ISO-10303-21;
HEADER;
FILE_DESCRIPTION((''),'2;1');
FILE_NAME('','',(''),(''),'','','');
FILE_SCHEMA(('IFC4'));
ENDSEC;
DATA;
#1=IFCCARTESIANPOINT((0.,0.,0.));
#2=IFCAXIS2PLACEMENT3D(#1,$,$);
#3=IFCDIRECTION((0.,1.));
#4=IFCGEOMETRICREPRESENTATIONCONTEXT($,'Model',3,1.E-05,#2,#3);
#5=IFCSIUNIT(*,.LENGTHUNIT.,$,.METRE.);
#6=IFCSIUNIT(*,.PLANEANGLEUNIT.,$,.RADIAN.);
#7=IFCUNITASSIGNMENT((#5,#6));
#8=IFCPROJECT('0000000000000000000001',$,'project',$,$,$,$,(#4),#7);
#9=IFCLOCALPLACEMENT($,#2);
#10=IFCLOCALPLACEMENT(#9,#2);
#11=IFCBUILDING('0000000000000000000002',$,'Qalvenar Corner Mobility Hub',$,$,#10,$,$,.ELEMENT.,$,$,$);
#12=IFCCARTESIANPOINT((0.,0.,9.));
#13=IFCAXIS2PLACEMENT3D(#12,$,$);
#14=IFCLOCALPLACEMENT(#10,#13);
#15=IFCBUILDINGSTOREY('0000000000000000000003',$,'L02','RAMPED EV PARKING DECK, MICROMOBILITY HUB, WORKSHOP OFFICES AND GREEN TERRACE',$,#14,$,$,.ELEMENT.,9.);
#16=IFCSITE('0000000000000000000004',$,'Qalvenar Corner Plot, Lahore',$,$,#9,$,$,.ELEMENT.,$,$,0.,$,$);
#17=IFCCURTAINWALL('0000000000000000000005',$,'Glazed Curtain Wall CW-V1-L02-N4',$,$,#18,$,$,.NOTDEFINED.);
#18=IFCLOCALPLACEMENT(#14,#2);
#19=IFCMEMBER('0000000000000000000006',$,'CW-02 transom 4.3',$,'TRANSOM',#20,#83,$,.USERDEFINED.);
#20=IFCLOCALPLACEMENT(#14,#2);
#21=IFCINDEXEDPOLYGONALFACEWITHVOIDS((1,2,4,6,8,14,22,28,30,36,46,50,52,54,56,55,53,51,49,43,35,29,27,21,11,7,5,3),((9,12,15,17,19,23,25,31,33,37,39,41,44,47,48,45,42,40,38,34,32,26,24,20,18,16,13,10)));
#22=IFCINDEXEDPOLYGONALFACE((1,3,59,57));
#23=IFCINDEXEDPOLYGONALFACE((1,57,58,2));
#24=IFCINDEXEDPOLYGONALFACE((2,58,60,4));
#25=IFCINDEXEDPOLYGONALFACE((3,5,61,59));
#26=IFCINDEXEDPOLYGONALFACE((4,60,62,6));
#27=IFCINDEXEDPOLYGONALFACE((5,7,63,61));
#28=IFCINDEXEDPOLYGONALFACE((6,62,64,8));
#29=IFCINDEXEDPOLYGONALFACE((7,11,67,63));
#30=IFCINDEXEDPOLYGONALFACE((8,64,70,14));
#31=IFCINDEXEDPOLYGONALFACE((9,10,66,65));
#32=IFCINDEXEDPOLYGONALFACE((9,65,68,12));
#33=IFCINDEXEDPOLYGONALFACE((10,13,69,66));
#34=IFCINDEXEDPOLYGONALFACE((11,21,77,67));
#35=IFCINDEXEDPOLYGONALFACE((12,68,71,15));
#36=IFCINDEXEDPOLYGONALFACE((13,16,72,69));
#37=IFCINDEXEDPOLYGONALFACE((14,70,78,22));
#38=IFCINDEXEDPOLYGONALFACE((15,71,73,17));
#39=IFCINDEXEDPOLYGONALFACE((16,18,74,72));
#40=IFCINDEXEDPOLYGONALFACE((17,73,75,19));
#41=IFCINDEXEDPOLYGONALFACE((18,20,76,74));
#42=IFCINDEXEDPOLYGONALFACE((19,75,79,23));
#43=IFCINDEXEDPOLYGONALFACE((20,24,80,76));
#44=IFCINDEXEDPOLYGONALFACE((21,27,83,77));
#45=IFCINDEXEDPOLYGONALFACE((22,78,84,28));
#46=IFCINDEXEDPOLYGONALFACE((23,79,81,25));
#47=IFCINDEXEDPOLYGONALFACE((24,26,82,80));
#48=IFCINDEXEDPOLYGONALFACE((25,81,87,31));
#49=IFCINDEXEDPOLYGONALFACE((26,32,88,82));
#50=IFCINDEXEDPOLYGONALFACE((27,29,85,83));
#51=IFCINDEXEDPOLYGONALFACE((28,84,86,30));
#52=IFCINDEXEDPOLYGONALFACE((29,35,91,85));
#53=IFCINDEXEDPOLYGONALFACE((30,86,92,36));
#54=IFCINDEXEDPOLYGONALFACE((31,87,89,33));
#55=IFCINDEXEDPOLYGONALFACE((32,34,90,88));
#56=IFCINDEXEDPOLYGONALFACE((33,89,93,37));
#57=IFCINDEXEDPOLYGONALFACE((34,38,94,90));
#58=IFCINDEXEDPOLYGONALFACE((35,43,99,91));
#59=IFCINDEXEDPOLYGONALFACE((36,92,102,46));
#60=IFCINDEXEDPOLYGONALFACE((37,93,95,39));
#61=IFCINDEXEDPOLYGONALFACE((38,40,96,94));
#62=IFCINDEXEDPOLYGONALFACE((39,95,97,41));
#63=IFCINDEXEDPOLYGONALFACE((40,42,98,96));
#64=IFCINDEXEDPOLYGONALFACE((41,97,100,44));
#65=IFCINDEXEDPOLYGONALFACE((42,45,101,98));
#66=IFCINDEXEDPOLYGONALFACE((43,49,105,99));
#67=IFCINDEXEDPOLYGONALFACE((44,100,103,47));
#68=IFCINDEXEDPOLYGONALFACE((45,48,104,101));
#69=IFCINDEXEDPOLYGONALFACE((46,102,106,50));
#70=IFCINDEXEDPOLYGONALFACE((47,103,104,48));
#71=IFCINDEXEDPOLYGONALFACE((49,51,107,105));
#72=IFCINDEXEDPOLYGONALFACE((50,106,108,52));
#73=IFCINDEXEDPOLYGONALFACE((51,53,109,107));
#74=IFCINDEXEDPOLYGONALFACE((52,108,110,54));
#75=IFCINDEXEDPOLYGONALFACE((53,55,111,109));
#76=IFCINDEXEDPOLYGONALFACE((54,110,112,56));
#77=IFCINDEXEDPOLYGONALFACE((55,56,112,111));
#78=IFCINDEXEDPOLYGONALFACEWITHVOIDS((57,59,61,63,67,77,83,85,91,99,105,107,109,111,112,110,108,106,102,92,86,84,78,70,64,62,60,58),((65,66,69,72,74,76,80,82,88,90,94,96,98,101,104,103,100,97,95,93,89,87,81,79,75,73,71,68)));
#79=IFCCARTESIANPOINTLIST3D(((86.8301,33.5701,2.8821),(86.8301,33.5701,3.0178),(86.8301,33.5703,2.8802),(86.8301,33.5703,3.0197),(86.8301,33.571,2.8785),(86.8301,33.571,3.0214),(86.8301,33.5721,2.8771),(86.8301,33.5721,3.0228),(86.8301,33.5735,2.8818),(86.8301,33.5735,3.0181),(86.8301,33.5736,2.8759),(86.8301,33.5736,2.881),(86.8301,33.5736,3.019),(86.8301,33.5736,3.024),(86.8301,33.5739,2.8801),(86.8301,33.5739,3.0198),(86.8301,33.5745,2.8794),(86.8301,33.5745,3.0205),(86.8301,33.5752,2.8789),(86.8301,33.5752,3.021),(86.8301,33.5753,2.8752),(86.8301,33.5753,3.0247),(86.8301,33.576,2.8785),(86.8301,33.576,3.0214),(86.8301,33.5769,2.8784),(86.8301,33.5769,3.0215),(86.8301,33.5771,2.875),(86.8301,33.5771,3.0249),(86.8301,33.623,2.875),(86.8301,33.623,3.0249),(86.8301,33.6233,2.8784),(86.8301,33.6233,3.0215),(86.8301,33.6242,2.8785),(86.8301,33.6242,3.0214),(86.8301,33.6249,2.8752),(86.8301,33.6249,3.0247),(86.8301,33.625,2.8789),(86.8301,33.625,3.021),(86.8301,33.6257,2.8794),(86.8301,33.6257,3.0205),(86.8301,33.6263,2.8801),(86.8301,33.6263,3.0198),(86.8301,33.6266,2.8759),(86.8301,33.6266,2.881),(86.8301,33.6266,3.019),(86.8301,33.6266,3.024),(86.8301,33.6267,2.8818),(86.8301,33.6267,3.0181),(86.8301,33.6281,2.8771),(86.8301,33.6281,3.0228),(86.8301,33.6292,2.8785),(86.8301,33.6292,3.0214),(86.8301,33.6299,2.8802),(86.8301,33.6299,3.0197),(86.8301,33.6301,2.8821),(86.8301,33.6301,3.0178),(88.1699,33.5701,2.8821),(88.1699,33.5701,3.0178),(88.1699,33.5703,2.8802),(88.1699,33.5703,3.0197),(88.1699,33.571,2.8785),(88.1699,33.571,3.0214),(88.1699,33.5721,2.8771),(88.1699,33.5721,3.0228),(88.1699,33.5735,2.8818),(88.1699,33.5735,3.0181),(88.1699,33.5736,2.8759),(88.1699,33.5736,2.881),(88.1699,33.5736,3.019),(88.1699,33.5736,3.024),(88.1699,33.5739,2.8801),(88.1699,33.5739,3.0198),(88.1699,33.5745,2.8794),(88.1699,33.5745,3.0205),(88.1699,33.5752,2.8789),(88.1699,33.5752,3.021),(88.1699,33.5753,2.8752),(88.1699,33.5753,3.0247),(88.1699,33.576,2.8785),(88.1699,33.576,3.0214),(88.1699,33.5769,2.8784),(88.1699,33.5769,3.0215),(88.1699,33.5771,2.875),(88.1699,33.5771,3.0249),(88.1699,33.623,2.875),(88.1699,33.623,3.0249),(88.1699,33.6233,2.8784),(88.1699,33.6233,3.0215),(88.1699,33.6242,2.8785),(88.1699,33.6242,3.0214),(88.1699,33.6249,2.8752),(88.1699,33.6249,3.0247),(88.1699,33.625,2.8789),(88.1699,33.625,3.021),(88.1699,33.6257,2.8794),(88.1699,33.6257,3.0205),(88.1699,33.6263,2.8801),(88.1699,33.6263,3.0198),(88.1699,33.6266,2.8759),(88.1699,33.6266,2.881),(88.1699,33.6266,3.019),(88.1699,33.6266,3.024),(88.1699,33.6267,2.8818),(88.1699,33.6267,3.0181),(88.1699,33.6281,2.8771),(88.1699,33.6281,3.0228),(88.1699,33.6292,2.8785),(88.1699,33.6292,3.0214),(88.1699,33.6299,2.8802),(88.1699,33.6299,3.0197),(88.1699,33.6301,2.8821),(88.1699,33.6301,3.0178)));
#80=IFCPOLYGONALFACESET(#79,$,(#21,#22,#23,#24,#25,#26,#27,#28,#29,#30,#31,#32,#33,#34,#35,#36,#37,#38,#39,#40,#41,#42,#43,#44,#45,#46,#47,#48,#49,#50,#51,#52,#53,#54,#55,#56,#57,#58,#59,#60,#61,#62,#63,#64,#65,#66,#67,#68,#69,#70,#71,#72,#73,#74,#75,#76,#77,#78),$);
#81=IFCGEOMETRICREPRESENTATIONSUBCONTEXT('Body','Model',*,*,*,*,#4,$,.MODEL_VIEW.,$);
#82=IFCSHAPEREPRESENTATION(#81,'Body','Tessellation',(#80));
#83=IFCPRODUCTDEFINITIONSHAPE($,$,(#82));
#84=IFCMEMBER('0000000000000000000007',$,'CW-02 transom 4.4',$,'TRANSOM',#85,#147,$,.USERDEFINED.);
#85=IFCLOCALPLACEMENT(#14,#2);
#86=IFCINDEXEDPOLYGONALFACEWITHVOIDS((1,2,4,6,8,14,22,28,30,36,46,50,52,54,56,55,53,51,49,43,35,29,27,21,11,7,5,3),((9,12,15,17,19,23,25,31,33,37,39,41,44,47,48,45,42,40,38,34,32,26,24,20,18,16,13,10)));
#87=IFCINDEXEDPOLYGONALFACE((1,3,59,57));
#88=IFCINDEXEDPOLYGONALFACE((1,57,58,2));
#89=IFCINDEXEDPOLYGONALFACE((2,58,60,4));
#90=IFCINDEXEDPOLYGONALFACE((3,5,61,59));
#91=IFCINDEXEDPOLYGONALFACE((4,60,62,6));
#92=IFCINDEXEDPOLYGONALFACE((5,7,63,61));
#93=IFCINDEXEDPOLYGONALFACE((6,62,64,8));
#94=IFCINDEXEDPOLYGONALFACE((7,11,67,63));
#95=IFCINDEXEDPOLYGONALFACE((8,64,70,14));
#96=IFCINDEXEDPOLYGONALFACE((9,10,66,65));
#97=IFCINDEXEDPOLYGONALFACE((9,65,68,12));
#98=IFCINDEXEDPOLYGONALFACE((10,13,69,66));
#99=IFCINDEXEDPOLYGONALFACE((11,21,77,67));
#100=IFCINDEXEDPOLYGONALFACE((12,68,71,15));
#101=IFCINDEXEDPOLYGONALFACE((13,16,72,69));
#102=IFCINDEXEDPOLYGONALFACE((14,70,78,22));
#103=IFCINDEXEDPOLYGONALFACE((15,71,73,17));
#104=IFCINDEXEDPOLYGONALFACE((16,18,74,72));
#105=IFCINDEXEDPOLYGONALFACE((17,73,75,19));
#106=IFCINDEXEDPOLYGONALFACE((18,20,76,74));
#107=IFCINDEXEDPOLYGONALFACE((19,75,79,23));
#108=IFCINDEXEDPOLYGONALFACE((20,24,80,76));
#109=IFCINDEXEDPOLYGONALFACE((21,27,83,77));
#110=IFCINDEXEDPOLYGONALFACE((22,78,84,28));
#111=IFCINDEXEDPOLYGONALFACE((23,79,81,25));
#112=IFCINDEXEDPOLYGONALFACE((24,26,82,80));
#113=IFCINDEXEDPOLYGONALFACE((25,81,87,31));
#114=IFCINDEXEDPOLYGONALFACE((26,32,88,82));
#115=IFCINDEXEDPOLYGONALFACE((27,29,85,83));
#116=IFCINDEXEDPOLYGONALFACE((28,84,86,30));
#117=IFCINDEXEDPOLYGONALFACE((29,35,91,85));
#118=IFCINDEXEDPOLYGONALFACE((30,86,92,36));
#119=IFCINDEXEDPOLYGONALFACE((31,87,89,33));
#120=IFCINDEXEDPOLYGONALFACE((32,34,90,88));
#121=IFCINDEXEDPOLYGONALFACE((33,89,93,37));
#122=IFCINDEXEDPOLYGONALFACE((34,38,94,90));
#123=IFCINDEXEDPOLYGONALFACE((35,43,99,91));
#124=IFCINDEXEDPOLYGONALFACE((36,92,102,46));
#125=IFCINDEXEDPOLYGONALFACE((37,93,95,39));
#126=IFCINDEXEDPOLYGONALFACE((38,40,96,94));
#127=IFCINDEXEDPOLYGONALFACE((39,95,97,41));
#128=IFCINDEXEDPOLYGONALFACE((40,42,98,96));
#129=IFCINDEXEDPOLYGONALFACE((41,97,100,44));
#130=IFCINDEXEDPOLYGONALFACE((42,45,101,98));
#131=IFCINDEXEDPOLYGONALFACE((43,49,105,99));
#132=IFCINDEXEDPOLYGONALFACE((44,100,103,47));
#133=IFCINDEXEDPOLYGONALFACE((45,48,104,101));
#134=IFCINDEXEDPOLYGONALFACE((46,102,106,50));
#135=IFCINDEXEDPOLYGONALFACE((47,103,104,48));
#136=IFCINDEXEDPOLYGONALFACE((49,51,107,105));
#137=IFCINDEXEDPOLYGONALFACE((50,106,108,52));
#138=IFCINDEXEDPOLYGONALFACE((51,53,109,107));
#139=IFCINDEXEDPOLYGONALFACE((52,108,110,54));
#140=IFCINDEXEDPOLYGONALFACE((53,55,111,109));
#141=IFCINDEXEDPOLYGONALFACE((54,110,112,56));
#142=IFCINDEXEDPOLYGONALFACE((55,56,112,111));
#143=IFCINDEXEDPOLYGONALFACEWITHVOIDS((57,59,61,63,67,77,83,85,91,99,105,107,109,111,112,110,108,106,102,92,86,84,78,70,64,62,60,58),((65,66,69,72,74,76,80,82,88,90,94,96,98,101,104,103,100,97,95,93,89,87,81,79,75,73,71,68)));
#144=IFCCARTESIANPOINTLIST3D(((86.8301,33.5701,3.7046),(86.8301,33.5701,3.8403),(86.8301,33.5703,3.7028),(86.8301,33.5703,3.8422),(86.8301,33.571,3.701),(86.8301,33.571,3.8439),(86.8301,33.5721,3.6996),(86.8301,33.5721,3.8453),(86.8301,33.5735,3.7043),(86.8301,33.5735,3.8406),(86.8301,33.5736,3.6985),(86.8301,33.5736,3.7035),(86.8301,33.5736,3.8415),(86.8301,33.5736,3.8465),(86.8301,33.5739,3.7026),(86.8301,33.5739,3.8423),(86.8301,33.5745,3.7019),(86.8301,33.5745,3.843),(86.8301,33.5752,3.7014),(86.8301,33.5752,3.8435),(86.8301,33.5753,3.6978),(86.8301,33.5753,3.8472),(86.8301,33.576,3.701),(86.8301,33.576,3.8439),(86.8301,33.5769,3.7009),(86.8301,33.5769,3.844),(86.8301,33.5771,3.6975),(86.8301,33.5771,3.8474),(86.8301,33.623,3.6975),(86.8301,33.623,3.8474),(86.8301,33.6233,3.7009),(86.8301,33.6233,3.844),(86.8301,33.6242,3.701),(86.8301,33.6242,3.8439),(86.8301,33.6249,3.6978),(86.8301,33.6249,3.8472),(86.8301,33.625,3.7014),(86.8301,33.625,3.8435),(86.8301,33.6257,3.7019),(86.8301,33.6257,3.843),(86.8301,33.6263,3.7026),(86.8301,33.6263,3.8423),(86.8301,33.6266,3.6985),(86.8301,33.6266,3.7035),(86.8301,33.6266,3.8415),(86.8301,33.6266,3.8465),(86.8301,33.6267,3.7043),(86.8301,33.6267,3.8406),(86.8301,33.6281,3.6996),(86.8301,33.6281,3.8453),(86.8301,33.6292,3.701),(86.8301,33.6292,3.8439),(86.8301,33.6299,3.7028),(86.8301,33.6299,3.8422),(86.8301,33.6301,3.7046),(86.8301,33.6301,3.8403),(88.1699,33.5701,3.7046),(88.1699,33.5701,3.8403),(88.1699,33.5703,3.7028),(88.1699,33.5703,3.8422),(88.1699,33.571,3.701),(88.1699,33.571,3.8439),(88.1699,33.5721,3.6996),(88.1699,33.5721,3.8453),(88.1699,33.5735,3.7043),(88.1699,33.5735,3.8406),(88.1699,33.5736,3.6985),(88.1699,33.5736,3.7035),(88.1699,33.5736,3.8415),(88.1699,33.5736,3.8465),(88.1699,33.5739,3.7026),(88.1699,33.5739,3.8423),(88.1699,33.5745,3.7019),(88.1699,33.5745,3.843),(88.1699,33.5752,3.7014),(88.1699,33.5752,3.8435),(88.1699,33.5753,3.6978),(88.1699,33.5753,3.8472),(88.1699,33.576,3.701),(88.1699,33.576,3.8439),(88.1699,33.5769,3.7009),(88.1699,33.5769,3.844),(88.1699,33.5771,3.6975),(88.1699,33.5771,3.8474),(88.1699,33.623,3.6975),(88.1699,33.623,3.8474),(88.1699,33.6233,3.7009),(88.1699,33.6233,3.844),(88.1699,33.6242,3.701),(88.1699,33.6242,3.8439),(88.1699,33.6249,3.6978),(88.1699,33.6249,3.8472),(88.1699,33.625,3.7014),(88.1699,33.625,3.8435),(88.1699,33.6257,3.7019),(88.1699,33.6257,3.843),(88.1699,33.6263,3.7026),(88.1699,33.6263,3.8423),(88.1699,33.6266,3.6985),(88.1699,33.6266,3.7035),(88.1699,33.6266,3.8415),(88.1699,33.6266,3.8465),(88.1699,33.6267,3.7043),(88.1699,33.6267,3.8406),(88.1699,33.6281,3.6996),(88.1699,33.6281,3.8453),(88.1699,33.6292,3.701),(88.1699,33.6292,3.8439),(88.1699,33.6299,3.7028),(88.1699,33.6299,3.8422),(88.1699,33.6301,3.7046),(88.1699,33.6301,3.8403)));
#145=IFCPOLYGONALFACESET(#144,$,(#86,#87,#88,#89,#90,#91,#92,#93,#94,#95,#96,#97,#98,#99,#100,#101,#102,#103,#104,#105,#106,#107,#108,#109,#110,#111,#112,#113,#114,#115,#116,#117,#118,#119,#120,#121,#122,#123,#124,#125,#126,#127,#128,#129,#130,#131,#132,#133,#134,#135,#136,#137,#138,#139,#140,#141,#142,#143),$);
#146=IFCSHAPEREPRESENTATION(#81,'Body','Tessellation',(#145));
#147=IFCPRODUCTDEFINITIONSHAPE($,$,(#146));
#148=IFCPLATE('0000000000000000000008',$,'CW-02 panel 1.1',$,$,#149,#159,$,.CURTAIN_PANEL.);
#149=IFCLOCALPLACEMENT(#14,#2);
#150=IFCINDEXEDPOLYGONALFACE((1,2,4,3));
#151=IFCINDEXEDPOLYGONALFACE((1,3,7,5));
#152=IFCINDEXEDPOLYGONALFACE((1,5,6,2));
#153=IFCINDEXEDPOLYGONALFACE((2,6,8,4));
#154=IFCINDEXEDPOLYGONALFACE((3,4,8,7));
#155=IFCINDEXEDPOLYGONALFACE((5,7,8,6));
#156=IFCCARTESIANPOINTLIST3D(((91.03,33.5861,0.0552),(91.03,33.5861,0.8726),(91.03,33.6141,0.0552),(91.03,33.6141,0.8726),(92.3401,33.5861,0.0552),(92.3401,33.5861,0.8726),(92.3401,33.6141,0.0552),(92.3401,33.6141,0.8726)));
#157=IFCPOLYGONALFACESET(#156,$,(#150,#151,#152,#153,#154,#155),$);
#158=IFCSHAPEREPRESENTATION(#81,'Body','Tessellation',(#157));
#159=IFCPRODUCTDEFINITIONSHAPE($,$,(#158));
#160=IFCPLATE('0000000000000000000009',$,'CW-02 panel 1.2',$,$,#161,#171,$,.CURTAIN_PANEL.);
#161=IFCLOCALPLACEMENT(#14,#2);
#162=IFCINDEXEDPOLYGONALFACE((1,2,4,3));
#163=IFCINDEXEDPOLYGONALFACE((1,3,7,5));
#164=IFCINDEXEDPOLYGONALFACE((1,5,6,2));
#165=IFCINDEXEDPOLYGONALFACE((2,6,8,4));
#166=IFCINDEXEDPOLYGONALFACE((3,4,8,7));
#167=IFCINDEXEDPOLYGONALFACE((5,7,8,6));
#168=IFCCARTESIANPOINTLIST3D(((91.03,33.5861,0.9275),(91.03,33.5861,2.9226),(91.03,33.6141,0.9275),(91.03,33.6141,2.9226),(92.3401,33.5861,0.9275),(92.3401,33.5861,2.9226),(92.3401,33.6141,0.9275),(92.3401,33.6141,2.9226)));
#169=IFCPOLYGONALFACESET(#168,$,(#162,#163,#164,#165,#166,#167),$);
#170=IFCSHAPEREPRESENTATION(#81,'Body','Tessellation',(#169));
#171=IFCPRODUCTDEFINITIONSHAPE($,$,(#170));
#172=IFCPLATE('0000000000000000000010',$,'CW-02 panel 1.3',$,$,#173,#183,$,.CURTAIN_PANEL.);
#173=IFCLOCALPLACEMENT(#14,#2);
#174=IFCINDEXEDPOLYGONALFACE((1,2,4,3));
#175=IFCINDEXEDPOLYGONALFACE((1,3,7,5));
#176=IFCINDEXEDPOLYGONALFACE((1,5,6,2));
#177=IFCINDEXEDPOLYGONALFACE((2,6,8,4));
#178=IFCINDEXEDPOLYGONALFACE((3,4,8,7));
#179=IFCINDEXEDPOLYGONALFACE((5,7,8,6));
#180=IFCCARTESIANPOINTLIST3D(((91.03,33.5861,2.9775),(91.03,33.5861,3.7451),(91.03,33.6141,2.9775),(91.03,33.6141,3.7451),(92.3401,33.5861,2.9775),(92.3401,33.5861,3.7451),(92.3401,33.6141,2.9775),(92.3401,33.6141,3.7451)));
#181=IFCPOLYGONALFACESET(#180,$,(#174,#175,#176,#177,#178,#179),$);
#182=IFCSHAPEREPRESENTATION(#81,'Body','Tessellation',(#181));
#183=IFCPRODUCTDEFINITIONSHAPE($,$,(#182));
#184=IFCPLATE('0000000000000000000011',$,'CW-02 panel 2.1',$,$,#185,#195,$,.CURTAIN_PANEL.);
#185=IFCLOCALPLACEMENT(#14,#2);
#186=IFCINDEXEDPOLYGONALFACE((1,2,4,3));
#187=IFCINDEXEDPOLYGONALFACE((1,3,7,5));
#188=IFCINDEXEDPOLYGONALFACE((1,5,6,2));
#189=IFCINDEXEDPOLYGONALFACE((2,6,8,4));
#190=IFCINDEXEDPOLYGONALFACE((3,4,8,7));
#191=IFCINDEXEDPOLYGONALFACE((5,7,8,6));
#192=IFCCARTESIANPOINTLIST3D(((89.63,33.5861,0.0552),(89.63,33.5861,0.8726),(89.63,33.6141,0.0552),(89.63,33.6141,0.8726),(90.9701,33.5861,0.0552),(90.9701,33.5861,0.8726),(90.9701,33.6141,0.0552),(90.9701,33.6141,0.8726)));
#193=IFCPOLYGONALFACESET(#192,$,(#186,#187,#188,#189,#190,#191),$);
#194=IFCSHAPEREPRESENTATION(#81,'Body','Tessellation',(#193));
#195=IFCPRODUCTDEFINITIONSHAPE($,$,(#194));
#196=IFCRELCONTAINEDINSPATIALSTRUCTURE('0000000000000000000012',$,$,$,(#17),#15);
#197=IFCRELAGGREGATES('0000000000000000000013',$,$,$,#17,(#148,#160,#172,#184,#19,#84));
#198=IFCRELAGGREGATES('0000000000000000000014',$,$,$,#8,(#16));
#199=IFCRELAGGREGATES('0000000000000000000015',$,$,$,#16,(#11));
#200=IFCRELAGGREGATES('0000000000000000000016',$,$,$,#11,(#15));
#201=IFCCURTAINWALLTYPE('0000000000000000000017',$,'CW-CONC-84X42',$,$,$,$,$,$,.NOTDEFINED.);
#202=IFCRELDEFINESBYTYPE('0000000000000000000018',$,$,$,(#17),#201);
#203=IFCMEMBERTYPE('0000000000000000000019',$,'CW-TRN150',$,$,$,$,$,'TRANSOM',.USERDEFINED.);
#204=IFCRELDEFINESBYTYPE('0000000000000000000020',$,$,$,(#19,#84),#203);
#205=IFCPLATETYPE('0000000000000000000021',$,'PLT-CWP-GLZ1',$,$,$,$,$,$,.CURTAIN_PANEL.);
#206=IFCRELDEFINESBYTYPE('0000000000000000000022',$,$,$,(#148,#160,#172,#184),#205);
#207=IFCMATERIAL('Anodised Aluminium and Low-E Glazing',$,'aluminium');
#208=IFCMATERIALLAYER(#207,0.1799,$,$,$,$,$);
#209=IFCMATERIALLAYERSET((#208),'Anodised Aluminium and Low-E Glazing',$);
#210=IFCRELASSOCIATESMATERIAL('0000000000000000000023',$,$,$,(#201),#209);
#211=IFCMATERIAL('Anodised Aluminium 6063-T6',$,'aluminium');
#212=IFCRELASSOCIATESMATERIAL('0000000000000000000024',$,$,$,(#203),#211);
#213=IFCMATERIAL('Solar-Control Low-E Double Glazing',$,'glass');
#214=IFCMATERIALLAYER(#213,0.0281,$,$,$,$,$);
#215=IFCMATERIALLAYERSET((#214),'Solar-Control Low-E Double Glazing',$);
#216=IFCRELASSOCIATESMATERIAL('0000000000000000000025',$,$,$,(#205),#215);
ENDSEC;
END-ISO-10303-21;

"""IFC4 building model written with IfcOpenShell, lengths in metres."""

from ifc_helpers import new_model, si_unit, direction, frame, origin, origin_2d, place, context, subcontext, project, spatial, rectangle, hollow_rectangle, extrude, material, layer, layer_set, material_profile, profile_set, type_object, element, aggregate, save


model = new_model("IFC4")

# Units and contexts
model_context = context("Model", 3, precision=1e-05, world=origin(), true_north=direction((0.0, 1.0)))
body_context = subcontext(model_context, "Body", "Model", "MODEL_VIEW")
ifc_project = project(units=[si_unit("LENGTHUNIT", "METRE"), si_unit("PLANEANGLEUNIT", "RADIAN")], contexts=[model_context])

# Site, building, storey
site_placement = place(None, origin())
site = spatial("IfcSite", under=ifc_project, at=site_placement, Name="Qalvenar Corner Plot, Lahore", CompositionType="ELEMENT", RefElevation=0.0)
building_placement = place(site_placement, origin())
building = spatial("IfcBuilding", under=site, at=building_placement, Name="Qalvenar Corner Mobility Hub", CompositionType="ELEMENT")
storey_placement = place(building_placement, frame((0.0, 0.0, 9.0)))
storey = spatial("IfcBuildingStorey", under=building, at=storey_placement, Name="L02", Description="RAMPED EV PARKING DECK, MICROMOBILITY HUB, WORKSHOP OFFICES AND GREEN TERRACE", CompositionType="ELEMENT", Elevation=9.0)

# Curtain wall, members, plates
ifc_material_1 = material(Name="Anodised Aluminium and Low-E Glazing", Category="aluminium")
ifc_layer_1 = layer(ifc_material_1, 0.1799)
ifc_layer_set_1 = layer_set([ifc_layer_1], Name="Anodised Aluminium and Low-E Glazing")
curtain_wall_type = type_object("IfcCurtainWallType", Name="CW-CONC-84X42", PredefinedType="NOTDEFINED", material=ifc_layer_set_1)
curtain_wall_placement = place(storey_placement, origin())
curtain_wall = element("IfcCurtainWall", 1, at=curtain_wall_placement, inside=storey, type_object=curtain_wall_type, Name="Glazed Curtain Wall CW-V1-L02-N4", PredefinedType="NOTDEFINED")
ifc_material_2 = material(Name="Anodised Aluminium 6063-T6", Category="aluminium")
ifc_material_profile_1 = material_profile(ifc_material_2, hollow_rectangle(XDim=0.0601, YDim=0.1499, WallThickness=0.0034, InnerFilletRadius=0.0034, OuterFilletRadius=0.0071, at=origin_2d()), Name="RHS150x60x3.5")
ifc_profile_set_1 = profile_set([ifc_material_profile_1], Name="Anodised Aluminium 6063-T6")
member_type_1 = type_object("IfcMemberType", Name="CW-TRN150", ElementType="TRANSOM", PredefinedType="USERDEFINED", material=ifc_profile_set_1)
member_1_placement = place(storey_placement, frame((88.1699, 33.6001, 2.95), z_axis=(-1.0, 0.0, 0.0), x_axis=(0.0, -1.0, 0.0)))
member_1 = element("IfcMember", 2, at=member_1_placement, type_object=member_type_1, Name="CW-02 transom 4.3", ObjectType="TRANSOM", PredefinedType="USERDEFINED", context=body_context, shape_type="SweptSolid", body=[
    extrude(hollow_rectangle(XDim=0.0601, YDim=0.1499, WallThickness=0.0034, InnerFilletRadius=0.0034, OuterFilletRadius=0.0071, at=origin_2d()), origin(), (0.0, 0.0, 1.0), 1.3398),
])
member_2_placement = place(storey_placement, frame((88.1699, 33.6001, 3.7725), z_axis=(-1.0, 0.0, 0.0), x_axis=(0.0, -1.0, 0.0)))
member_2 = element("IfcMember", 3, at=member_2_placement, type_object=member_type_1, Name="CW-02 transom 4.4", ObjectType="TRANSOM", PredefinedType="USERDEFINED", context=body_context, shape_type="SweptSolid", body=[
    extrude(hollow_rectangle(XDim=0.0601, YDim=0.1499, WallThickness=0.0034, InnerFilletRadius=0.0034, OuterFilletRadius=0.0071, at=origin_2d()), origin(), (0.0, 0.0, 1.0), 1.3398),
])
ifc_material_3 = material(Name="Solar-Control Low-E Double Glazing", Category="glass")
ifc_layer_2 = layer(ifc_material_3, 0.0281)
ifc_layer_set_2 = layer_set([ifc_layer_2], Name="Solar-Control Low-E Double Glazing")
plate_type = type_object("IfcPlateType", Name="PLT-CWP-GLZ1", PredefinedType="CURTAIN_PANEL", material=ifc_layer_set_2)
plate_1_placement = place(storey_placement, frame((91.6851, 33.6001, 0.0552), z_axis=(0.0, 0.0, 1.0), x_axis=(-1.0, 0.0, 0.0)))
plate_1 = element("IfcPlate", 4, at=plate_1_placement, type_object=plate_type, Name="CW-02 panel 1.1", PredefinedType="CURTAIN_PANEL", context=body_context, shape_type="SweptSolid", body=[
    extrude(rectangle(XDim=1.3101, YDim=0.0281, at=origin_2d()), origin(), (0.0, 0.0, 1.0), 0.8174),
])
plate_2_placement = place(storey_placement, frame((91.6851, 33.6001, 0.9275), z_axis=(0.0, 0.0, 1.0), x_axis=(-1.0, 0.0, 0.0)))
plate_2 = element("IfcPlate", 5, at=plate_2_placement, type_object=plate_type, Name="CW-02 panel 1.2", PredefinedType="CURTAIN_PANEL", context=body_context, shape_type="SweptSolid", body=[
    extrude(rectangle(XDim=1.3101, YDim=0.0281, at=origin_2d()), origin(), (0.0, 0.0, 1.0), 1.9951),
])
plate_3_placement = place(storey_placement, frame((91.6851, 33.6001, 2.9775), z_axis=(0.0, 0.0, 1.0), x_axis=(-1.0, 0.0, 0.0)))
plate_3 = element("IfcPlate", 6, at=plate_3_placement, type_object=plate_type, Name="CW-02 panel 1.3", PredefinedType="CURTAIN_PANEL", context=body_context, shape_type="SweptSolid", body=[
    extrude(rectangle(XDim=1.3101, YDim=0.0281, at=origin_2d()), origin(), (0.0, 0.0, 1.0), 0.7676),
])
plate_4_placement = place(storey_placement, frame((90.3, 33.6001, 0.0552), z_axis=(0.0, 0.0, 1.0), x_axis=(-1.0, 0.0, 0.0)))
plate_4 = element("IfcPlate", 7, at=plate_4_placement, type_object=plate_type, Name="CW-02 panel 2.1", PredefinedType="CURTAIN_PANEL", context=body_context, shape_type="SweptSolid", body=[
    extrude(rectangle(XDim=1.3401, YDim=0.0281, at=origin_2d()), origin(), (0.0, 0.0, 1.0), 0.8174),
])
aggregate(curtain_wall, [plate_1, plate_2, plate_3, plate_4, member_1, member_2])

save(model, "model.ifc")
